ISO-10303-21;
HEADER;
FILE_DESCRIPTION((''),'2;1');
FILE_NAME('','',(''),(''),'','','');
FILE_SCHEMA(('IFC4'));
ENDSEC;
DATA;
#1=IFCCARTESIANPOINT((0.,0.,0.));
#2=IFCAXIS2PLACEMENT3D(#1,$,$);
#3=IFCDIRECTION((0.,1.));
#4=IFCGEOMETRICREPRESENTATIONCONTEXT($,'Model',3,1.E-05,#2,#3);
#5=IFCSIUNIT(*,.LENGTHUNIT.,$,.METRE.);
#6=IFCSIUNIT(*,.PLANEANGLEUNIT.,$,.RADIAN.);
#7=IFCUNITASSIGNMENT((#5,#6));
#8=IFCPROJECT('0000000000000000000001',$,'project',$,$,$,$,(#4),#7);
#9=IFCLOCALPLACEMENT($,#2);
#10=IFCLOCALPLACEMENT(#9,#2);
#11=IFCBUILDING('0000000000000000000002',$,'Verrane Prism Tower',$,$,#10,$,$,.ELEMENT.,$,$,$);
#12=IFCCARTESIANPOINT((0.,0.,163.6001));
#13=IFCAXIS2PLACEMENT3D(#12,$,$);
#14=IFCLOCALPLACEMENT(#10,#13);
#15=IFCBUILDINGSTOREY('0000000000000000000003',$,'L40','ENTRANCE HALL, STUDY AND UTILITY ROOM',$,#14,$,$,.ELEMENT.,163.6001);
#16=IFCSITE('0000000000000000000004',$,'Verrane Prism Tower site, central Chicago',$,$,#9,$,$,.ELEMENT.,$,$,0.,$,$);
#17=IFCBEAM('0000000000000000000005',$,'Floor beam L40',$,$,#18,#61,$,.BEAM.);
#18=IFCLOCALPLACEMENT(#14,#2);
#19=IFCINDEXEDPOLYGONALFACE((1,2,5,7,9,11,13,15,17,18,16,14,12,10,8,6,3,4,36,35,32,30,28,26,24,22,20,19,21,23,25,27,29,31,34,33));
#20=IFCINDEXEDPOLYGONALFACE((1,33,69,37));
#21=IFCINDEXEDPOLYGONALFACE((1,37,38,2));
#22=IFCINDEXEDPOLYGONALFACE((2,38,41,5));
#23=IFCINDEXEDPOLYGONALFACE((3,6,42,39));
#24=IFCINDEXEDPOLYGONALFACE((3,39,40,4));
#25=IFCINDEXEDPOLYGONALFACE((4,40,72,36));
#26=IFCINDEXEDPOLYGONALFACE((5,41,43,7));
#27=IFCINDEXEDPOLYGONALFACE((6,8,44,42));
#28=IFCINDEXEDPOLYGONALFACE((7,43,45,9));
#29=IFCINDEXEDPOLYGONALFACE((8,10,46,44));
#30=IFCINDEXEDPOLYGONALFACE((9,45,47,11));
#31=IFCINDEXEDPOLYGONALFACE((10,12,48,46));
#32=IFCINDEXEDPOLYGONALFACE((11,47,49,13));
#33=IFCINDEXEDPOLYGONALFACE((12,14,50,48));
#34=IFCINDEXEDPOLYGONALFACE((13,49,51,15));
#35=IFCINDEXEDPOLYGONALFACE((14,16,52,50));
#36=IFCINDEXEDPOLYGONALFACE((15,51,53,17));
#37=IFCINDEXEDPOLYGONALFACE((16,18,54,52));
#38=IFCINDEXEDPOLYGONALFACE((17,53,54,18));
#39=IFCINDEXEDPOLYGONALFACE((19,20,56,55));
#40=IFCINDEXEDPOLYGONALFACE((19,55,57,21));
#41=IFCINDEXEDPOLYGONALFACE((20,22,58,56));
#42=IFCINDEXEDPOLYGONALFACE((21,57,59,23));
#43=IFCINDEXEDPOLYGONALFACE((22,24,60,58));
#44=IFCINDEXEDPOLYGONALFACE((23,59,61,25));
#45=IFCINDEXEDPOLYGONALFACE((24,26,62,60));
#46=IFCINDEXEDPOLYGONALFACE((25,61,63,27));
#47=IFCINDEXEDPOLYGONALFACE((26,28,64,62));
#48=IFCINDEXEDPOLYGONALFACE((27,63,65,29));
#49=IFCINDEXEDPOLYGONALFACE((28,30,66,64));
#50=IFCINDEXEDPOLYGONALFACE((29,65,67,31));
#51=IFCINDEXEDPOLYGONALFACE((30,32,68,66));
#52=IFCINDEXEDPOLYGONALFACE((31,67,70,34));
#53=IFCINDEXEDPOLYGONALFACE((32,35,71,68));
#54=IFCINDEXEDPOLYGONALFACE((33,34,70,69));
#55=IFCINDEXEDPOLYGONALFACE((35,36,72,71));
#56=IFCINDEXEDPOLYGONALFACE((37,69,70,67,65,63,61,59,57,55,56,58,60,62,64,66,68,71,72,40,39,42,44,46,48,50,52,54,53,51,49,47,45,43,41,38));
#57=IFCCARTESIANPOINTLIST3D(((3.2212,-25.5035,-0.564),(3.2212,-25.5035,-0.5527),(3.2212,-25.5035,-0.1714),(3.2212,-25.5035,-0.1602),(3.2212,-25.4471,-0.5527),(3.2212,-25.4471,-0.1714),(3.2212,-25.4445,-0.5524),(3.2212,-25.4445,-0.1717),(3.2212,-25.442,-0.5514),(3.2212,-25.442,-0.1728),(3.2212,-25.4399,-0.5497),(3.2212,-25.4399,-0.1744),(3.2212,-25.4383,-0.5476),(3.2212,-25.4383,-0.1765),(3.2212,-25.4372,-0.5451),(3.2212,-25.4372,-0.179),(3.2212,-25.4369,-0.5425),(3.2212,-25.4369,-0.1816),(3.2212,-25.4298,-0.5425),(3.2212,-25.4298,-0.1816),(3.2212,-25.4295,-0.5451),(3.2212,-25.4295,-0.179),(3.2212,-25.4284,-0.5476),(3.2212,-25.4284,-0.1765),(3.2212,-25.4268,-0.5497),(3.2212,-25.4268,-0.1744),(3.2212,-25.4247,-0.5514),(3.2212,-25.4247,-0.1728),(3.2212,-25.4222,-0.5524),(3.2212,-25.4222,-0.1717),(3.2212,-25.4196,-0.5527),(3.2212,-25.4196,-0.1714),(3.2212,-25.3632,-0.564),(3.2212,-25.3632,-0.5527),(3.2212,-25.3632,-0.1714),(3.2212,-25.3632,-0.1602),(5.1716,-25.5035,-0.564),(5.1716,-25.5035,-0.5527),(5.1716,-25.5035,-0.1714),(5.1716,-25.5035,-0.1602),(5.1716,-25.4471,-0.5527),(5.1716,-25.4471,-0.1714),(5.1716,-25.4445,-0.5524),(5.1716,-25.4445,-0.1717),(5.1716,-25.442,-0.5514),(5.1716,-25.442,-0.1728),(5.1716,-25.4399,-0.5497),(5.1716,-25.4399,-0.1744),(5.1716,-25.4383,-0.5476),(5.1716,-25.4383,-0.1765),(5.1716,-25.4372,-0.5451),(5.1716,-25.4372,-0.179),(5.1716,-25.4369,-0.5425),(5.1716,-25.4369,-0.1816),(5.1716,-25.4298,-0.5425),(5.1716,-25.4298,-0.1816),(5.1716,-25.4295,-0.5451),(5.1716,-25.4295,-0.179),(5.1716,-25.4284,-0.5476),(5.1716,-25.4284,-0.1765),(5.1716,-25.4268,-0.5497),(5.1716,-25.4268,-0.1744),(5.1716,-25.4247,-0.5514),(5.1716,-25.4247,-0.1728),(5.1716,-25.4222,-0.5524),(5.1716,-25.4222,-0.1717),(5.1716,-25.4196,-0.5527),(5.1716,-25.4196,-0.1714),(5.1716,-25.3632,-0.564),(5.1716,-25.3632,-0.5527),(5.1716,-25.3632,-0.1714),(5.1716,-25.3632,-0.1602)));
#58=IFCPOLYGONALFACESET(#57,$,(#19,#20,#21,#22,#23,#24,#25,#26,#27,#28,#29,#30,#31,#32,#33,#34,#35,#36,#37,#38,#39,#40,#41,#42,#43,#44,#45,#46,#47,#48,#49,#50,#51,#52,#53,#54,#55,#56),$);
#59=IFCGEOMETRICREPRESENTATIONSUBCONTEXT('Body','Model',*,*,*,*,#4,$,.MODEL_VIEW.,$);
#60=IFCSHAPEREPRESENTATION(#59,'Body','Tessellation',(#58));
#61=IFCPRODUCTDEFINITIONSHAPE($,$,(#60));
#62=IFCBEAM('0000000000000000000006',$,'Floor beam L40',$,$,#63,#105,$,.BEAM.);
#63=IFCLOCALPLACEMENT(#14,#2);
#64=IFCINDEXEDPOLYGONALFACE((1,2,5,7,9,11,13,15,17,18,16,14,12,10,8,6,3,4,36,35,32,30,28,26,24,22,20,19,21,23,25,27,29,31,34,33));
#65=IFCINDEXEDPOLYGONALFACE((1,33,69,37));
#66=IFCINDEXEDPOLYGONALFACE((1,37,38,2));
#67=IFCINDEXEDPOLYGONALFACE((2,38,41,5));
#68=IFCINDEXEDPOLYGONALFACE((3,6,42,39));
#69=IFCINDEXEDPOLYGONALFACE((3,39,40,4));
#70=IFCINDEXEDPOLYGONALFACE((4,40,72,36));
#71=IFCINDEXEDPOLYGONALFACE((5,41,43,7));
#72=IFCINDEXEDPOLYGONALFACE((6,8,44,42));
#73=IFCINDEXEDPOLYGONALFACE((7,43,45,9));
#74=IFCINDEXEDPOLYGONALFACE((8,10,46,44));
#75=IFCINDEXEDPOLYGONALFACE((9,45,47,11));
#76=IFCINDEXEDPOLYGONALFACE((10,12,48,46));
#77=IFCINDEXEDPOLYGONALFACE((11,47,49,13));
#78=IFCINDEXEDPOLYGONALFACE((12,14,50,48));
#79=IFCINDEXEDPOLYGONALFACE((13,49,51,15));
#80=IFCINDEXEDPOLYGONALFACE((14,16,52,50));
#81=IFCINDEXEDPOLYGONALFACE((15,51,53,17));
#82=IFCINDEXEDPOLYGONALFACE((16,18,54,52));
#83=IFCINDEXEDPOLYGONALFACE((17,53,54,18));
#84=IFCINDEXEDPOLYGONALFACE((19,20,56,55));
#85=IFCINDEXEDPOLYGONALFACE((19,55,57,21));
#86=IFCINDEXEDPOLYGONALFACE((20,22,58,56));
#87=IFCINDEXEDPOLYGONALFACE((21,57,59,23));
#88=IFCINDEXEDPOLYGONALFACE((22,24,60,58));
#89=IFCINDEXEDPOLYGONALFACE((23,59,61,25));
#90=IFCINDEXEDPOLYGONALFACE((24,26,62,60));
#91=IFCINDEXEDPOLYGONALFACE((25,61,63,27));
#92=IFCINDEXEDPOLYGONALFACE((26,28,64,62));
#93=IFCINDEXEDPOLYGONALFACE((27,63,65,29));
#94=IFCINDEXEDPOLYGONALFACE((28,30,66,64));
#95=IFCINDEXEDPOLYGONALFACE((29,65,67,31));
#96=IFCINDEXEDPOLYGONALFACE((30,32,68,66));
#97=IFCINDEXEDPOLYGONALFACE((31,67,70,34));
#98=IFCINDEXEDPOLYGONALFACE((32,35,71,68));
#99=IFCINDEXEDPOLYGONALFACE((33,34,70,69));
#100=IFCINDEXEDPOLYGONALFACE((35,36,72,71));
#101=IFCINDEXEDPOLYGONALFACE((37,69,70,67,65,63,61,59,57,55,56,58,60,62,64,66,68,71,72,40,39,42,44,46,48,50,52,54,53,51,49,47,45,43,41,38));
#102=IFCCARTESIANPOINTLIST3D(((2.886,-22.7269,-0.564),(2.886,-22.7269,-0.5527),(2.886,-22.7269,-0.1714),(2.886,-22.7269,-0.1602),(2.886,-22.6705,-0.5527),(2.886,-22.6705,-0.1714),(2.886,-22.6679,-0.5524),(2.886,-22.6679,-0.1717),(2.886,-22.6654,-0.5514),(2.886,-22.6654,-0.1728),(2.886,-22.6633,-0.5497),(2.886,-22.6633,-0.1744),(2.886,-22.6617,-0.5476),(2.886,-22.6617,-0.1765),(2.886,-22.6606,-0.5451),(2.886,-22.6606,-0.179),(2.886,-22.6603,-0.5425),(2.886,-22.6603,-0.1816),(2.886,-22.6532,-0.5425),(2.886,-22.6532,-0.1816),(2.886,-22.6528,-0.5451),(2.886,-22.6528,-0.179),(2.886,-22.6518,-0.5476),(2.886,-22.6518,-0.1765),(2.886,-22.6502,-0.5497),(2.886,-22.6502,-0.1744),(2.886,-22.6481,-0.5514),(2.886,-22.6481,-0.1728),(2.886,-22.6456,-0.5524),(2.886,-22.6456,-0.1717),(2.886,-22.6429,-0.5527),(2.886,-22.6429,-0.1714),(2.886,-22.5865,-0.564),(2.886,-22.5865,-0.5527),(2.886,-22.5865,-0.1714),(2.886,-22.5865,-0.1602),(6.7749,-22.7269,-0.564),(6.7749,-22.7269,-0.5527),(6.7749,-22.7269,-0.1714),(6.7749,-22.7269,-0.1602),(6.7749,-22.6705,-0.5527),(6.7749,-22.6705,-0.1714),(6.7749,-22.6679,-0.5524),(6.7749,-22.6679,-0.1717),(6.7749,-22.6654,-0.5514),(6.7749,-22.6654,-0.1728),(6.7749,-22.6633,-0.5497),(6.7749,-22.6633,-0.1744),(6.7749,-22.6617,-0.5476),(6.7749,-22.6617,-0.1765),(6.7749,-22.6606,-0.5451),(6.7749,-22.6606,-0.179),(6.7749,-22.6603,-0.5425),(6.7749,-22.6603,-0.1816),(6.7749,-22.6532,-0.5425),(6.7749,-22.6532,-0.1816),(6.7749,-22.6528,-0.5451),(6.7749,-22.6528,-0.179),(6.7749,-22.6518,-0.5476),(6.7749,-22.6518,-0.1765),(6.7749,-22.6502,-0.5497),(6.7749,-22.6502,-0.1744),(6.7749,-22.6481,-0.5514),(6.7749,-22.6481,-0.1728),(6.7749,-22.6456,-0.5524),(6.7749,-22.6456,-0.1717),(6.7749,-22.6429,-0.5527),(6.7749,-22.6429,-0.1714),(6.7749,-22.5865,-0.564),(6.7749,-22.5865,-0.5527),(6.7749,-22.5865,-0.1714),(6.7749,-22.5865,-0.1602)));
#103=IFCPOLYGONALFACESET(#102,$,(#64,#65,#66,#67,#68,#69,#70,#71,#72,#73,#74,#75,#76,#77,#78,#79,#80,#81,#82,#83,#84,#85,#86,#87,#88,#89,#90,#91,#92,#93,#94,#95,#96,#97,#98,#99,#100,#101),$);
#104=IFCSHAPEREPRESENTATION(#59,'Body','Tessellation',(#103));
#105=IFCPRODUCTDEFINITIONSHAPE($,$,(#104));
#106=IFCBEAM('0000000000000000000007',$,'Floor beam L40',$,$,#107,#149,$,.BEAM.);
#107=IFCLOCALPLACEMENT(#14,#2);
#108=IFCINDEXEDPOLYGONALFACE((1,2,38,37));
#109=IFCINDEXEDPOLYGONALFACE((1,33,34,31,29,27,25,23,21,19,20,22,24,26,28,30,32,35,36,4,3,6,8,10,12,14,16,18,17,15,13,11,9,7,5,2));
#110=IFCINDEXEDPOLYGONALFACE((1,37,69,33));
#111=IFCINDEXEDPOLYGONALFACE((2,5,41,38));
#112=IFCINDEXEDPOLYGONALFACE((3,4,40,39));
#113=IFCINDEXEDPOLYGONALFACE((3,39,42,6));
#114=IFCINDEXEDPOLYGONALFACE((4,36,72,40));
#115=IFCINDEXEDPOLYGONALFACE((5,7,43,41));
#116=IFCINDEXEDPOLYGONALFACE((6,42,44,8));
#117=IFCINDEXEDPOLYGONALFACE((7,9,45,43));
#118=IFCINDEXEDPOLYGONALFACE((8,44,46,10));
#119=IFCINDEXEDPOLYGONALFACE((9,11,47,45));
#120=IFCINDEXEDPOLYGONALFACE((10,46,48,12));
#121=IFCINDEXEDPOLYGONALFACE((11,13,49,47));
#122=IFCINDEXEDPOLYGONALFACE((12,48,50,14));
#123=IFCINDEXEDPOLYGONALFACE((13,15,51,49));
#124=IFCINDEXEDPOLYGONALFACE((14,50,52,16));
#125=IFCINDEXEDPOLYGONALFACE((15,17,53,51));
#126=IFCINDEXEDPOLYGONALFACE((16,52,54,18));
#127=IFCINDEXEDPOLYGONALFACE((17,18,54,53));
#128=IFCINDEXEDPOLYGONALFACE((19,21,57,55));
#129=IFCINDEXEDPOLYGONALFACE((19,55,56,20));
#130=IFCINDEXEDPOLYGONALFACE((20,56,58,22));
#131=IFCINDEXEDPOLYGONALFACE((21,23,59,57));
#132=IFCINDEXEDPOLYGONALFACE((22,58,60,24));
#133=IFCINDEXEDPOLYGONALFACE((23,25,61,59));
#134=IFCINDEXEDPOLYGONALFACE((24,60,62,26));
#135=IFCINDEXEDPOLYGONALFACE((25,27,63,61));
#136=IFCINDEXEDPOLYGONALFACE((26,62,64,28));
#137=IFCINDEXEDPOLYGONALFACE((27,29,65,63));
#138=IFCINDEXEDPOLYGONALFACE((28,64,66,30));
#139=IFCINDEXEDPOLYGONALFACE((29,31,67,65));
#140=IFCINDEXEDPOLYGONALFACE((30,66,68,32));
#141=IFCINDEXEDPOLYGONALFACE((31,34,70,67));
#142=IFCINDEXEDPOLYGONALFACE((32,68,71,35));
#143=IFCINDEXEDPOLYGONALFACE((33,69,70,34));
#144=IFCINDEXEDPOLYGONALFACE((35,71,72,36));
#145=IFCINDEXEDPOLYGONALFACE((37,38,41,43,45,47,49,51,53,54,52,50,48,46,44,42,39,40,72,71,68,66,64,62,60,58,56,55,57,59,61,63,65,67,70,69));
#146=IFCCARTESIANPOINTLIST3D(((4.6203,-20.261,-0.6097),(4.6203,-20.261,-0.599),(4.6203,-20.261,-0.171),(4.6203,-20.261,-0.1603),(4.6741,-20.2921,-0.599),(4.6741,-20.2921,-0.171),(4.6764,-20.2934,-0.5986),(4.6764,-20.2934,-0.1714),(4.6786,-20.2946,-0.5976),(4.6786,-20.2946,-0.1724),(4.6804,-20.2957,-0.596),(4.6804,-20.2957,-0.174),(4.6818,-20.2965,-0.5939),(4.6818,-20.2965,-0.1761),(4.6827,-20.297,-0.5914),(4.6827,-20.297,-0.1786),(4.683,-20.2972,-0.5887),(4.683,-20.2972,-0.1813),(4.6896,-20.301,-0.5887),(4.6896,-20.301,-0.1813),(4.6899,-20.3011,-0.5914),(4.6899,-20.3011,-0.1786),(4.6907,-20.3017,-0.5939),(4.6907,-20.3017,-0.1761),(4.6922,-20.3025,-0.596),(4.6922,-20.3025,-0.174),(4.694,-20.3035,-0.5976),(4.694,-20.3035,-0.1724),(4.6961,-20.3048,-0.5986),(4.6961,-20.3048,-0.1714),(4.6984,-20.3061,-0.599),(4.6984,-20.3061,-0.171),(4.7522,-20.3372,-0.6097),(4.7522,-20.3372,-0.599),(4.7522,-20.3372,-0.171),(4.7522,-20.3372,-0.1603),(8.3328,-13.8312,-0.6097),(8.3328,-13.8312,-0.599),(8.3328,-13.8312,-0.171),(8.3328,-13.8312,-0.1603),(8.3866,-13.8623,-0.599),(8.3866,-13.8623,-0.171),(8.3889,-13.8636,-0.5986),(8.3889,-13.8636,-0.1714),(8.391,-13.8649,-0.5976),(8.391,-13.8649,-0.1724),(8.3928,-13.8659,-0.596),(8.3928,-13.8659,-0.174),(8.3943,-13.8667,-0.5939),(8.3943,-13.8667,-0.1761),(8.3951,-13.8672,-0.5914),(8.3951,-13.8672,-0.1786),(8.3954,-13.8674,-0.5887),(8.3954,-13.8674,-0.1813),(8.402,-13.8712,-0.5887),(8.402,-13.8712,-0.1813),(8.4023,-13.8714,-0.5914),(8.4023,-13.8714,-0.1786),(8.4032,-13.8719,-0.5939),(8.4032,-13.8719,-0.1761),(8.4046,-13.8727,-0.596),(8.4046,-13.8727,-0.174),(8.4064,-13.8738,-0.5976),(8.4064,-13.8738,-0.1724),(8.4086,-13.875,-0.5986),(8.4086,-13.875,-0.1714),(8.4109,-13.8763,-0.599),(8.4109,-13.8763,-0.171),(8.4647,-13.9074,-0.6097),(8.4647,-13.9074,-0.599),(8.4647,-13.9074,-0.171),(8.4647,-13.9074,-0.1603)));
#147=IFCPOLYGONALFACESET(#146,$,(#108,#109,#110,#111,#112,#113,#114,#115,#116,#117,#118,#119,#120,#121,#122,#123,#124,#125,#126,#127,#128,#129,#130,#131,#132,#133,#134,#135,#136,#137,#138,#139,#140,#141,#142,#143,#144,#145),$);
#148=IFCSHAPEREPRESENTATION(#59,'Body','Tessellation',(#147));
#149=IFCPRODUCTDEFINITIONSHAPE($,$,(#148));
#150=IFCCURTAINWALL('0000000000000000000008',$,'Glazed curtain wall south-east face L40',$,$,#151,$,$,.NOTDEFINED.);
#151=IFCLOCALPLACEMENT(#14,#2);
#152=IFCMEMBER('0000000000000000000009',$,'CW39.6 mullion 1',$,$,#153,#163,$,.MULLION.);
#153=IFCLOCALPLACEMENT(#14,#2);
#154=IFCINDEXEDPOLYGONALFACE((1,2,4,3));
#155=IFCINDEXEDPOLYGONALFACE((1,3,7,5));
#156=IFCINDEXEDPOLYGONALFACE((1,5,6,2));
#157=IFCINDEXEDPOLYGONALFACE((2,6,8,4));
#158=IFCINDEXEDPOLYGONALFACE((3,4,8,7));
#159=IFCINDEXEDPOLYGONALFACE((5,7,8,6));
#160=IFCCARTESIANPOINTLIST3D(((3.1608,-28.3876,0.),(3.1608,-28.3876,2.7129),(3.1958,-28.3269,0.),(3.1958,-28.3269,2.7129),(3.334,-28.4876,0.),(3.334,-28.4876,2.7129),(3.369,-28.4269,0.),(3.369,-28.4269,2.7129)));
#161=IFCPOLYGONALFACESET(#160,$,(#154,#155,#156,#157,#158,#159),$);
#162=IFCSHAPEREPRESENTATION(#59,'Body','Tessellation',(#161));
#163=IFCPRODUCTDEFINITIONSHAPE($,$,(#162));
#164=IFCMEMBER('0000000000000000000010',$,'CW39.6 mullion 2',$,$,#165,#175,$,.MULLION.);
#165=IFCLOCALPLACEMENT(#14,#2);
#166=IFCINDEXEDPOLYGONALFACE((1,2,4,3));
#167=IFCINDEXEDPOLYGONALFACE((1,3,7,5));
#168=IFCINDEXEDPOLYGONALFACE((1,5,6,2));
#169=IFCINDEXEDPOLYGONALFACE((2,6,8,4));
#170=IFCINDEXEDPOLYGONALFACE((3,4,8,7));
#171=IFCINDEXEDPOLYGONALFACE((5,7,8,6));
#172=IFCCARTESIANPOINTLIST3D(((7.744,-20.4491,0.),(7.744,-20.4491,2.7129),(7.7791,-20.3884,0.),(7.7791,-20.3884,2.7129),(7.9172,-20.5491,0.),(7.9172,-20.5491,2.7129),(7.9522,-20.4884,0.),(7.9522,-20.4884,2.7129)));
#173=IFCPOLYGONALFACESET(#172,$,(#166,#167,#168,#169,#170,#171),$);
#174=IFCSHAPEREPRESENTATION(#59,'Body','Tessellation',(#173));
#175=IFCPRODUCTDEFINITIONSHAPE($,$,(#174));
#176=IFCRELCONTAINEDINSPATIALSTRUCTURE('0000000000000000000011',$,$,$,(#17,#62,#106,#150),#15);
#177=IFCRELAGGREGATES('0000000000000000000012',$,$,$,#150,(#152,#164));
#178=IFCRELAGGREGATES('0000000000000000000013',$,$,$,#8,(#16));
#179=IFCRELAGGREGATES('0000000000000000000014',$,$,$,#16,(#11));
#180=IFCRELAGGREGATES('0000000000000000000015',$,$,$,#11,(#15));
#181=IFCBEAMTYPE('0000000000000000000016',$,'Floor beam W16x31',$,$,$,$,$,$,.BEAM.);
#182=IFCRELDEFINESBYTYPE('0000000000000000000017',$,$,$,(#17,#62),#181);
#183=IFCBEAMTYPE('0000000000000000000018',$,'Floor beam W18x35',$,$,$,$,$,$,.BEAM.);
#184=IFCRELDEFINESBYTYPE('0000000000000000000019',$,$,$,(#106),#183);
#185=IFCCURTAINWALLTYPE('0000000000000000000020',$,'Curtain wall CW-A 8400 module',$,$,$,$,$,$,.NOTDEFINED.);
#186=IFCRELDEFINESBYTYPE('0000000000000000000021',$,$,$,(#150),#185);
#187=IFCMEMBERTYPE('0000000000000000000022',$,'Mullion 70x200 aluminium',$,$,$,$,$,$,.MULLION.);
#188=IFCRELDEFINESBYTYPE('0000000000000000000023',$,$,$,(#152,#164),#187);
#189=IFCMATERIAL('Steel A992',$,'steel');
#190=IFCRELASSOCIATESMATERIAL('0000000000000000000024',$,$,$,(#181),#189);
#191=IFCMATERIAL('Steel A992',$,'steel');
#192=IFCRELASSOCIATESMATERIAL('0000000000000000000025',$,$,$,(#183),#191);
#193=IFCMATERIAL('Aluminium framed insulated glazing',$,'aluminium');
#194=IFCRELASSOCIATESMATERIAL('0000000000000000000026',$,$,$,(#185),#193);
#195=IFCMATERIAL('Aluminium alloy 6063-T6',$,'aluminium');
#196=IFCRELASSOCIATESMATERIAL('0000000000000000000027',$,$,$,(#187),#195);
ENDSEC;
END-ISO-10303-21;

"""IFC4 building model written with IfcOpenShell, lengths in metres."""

from ifc_helpers import new_model, si_unit, direction, frame, origin, origin_2d, place, context, subcontext, project, spatial, rectangle, i_section, extrude, material, material_profile, profile_set, type_object, element, aggregate, save


model = new_model("IFC4")

# Units and contexts
model_context = context("Model", 3, precision=1e-05, world=origin(), true_north=direction((0.0, 1.0)))
body_context = subcontext(model_context, "Body", "Model", "MODEL_VIEW")
ifc_project = project(units=[si_unit("LENGTHUNIT", "METRE"), si_unit("PLANEANGLEUNIT", "RADIAN")], contexts=[model_context])

# Site, building, storey
site_placement = place(None, origin())
site = spatial("IfcSite", under=ifc_project, at=site_placement, Name="Verrane Prism Tower site, central Chicago", CompositionType="ELEMENT", RefElevation=0.0)
building_placement = place(site_placement, origin())
building = spatial("IfcBuilding", under=site, at=building_placement, Name="Verrane Prism Tower", CompositionType="ELEMENT")
storey_placement = place(building_placement, frame((0.0, 0.0, 163.6001)))
storey = spatial("IfcBuildingStorey", under=building, at=storey_placement, Name="L40", Description="ENTRANCE HALL, STUDY AND UTILITY ROOM", CompositionType="ELEMENT", Elevation=163.6001)

# Beams
ifc_material_1 = material(Name="Steel A992", Category="steel")
ifc_material_profile_1 = material_profile(ifc_material_1, i_section(OverallWidth=0.1404, OverallDepth=0.4038, WebThickness=0.0071, FlangeThickness=0.0112, FilletRadius=0.0103, at=origin_2d()), Name="W16x31")
ifc_profile_set_1 = profile_set([ifc_material_profile_1], Name="Steel A992")
beam_type_1 = type_object("IfcBeamType", Name="Floor beam W16x31", PredefinedType="BEAM", material=ifc_profile_set_1)
beam_1_placement = place(storey_placement, frame((3.2212, -25.4333, -0.3621), z_axis=(1.0, 0.0, 0.0), x_axis=(0.0, 1.0, 0.0)))
element("IfcBeam", 1, at=beam_1_placement, inside=storey, type_object=beam_type_1, Name="Floor beam L40", PredefinedType="BEAM", context=body_context, shape_type="SweptSolid", body=[
    extrude(i_section(OverallWidth=0.1404, OverallDepth=0.4038, WebThickness=0.0071, FlangeThickness=0.0112, FilletRadius=0.0103, at=origin_2d()), origin(), (0.0, 0.0, 1.0), 1.9504),
])
beam_2_placement = place(storey_placement, frame((2.886, -22.6567, -0.3621), z_axis=(1.0, 0.0, 0.0), x_axis=(0.0, 1.0, 0.0)))
element("IfcBeam", 2, at=beam_2_placement, inside=storey, type_object=beam_type_1, Name="Floor beam L40", PredefinedType="BEAM", context=body_context, shape_type="SweptSolid", body=[
    extrude(i_section(OverallWidth=0.1404, OverallDepth=0.4038, WebThickness=0.0071, FlangeThickness=0.0112, FilletRadius=0.0103, at=origin_2d()), origin(), (0.0, 0.0, 1.0), 3.8889),
])
ifc_material_2 = material(Name="Steel A992", Category="steel")
ifc_material_profile_2 = material_profile(ifc_material_2, i_section(OverallWidth=0.1523, OverallDepth=0.4495, WebThickness=0.0076, FlangeThickness=0.0107, FilletRadius=0.0103, at=origin_2d()), Name="W18x35")
ifc_profile_set_2 = profile_set([ifc_material_profile_2], Name="Steel A992")
beam_type_2 = type_object("IfcBeamType", Name="Floor beam W18x35", PredefinedType="BEAM", material=ifc_profile_set_2)
beam_3_placement = place(storey_placement, frame((4.6863, -20.2991, -0.385), z_axis=(0.500022, 0.866013, 0.0), x_axis=(-0.866013, 0.500022, 0.0)))
element("IfcBeam", 3, at=beam_3_placement, inside=storey, type_object=beam_type_2, Name="Floor beam L40", PredefinedType="BEAM", context=body_context, shape_type="SweptSolid", body=[
    extrude(i_section(OverallWidth=0.1523, OverallDepth=0.4495, WebThickness=0.0076, FlangeThickness=0.0107, FilletRadius=0.0103, at=origin_2d()), origin(), (0.0, 0.0, 1.0), 7.4246),
])

# Curtain wall, members
ifc_material_3 = material(Name="Aluminium framed insulated glazing", Category="aluminium")
curtain_wall_type = type_object("IfcCurtainWallType", Name="Curtain wall CW-A 8400 module", PredefinedType="NOTDEFINED", material=ifc_material_3)
curtain_wall_1_placement = place(storey_placement, origin())
curtain_wall_1 = element("IfcCurtainWall", 4, at=curtain_wall_1_placement, inside=storey, type_object=curtain_wall_type, Name="Glazed curtain wall south-east face L40", PredefinedType="NOTDEFINED")
ifc_material_4 = material(Name="Aluminium alloy 6063-T6", Category="aluminium")
ifc_material_profile_3 = material_profile(ifc_material_4, rectangle(XDim=0.2, YDim=0.0701, at=origin_2d()), Name="Mullion 70x200 aluminium")
ifc_profile_set_3 = profile_set([ifc_material_profile_3], Name="Aluminium alloy 6063-T6")
member_type_1 = type_object("IfcMemberType", Name="Mullion 70x200 aluminium", PredefinedType="MULLION", material=ifc_profile_set_3)
member_1_placement = place(storey_placement, frame((3.2649, -28.4072, 0.0), z_axis=(0.0, 0.0, 1.0), x_axis=(-0.866026, 0.499999, 0.0)))
member_1 = element("IfcMember", 5, at=member_1_placement, type_object=member_type_1, Name="CW39.6 mullion 1", PredefinedType="MULLION", context=body_context, shape_type="SweptSolid", body=[
    extrude(rectangle(XDim=0.2, YDim=0.0701, at=origin_2d()), origin(), (0.0, 0.0, 1.0), 2.7129),
])
member_2_placement = place(storey_placement, frame((7.8481, -20.4688, 0.0), z_axis=(0.0, 0.0, 1.0), x_axis=(-0.866026, 0.499999, 0.0)))
member_2 = element("IfcMember", 6, at=member_2_placement, type_object=member_type_1, Name="CW39.6 mullion 2", PredefinedType="MULLION", context=body_context, shape_type="SweptSolid", body=[
    extrude(rectangle(XDim=0.2, YDim=0.0701, at=origin_2d()), origin(), (0.0, 0.0, 1.0), 2.7129),
])

aggregate(curtain_wall_1, [member_1, member_2])

save(model, "model.ifc")
